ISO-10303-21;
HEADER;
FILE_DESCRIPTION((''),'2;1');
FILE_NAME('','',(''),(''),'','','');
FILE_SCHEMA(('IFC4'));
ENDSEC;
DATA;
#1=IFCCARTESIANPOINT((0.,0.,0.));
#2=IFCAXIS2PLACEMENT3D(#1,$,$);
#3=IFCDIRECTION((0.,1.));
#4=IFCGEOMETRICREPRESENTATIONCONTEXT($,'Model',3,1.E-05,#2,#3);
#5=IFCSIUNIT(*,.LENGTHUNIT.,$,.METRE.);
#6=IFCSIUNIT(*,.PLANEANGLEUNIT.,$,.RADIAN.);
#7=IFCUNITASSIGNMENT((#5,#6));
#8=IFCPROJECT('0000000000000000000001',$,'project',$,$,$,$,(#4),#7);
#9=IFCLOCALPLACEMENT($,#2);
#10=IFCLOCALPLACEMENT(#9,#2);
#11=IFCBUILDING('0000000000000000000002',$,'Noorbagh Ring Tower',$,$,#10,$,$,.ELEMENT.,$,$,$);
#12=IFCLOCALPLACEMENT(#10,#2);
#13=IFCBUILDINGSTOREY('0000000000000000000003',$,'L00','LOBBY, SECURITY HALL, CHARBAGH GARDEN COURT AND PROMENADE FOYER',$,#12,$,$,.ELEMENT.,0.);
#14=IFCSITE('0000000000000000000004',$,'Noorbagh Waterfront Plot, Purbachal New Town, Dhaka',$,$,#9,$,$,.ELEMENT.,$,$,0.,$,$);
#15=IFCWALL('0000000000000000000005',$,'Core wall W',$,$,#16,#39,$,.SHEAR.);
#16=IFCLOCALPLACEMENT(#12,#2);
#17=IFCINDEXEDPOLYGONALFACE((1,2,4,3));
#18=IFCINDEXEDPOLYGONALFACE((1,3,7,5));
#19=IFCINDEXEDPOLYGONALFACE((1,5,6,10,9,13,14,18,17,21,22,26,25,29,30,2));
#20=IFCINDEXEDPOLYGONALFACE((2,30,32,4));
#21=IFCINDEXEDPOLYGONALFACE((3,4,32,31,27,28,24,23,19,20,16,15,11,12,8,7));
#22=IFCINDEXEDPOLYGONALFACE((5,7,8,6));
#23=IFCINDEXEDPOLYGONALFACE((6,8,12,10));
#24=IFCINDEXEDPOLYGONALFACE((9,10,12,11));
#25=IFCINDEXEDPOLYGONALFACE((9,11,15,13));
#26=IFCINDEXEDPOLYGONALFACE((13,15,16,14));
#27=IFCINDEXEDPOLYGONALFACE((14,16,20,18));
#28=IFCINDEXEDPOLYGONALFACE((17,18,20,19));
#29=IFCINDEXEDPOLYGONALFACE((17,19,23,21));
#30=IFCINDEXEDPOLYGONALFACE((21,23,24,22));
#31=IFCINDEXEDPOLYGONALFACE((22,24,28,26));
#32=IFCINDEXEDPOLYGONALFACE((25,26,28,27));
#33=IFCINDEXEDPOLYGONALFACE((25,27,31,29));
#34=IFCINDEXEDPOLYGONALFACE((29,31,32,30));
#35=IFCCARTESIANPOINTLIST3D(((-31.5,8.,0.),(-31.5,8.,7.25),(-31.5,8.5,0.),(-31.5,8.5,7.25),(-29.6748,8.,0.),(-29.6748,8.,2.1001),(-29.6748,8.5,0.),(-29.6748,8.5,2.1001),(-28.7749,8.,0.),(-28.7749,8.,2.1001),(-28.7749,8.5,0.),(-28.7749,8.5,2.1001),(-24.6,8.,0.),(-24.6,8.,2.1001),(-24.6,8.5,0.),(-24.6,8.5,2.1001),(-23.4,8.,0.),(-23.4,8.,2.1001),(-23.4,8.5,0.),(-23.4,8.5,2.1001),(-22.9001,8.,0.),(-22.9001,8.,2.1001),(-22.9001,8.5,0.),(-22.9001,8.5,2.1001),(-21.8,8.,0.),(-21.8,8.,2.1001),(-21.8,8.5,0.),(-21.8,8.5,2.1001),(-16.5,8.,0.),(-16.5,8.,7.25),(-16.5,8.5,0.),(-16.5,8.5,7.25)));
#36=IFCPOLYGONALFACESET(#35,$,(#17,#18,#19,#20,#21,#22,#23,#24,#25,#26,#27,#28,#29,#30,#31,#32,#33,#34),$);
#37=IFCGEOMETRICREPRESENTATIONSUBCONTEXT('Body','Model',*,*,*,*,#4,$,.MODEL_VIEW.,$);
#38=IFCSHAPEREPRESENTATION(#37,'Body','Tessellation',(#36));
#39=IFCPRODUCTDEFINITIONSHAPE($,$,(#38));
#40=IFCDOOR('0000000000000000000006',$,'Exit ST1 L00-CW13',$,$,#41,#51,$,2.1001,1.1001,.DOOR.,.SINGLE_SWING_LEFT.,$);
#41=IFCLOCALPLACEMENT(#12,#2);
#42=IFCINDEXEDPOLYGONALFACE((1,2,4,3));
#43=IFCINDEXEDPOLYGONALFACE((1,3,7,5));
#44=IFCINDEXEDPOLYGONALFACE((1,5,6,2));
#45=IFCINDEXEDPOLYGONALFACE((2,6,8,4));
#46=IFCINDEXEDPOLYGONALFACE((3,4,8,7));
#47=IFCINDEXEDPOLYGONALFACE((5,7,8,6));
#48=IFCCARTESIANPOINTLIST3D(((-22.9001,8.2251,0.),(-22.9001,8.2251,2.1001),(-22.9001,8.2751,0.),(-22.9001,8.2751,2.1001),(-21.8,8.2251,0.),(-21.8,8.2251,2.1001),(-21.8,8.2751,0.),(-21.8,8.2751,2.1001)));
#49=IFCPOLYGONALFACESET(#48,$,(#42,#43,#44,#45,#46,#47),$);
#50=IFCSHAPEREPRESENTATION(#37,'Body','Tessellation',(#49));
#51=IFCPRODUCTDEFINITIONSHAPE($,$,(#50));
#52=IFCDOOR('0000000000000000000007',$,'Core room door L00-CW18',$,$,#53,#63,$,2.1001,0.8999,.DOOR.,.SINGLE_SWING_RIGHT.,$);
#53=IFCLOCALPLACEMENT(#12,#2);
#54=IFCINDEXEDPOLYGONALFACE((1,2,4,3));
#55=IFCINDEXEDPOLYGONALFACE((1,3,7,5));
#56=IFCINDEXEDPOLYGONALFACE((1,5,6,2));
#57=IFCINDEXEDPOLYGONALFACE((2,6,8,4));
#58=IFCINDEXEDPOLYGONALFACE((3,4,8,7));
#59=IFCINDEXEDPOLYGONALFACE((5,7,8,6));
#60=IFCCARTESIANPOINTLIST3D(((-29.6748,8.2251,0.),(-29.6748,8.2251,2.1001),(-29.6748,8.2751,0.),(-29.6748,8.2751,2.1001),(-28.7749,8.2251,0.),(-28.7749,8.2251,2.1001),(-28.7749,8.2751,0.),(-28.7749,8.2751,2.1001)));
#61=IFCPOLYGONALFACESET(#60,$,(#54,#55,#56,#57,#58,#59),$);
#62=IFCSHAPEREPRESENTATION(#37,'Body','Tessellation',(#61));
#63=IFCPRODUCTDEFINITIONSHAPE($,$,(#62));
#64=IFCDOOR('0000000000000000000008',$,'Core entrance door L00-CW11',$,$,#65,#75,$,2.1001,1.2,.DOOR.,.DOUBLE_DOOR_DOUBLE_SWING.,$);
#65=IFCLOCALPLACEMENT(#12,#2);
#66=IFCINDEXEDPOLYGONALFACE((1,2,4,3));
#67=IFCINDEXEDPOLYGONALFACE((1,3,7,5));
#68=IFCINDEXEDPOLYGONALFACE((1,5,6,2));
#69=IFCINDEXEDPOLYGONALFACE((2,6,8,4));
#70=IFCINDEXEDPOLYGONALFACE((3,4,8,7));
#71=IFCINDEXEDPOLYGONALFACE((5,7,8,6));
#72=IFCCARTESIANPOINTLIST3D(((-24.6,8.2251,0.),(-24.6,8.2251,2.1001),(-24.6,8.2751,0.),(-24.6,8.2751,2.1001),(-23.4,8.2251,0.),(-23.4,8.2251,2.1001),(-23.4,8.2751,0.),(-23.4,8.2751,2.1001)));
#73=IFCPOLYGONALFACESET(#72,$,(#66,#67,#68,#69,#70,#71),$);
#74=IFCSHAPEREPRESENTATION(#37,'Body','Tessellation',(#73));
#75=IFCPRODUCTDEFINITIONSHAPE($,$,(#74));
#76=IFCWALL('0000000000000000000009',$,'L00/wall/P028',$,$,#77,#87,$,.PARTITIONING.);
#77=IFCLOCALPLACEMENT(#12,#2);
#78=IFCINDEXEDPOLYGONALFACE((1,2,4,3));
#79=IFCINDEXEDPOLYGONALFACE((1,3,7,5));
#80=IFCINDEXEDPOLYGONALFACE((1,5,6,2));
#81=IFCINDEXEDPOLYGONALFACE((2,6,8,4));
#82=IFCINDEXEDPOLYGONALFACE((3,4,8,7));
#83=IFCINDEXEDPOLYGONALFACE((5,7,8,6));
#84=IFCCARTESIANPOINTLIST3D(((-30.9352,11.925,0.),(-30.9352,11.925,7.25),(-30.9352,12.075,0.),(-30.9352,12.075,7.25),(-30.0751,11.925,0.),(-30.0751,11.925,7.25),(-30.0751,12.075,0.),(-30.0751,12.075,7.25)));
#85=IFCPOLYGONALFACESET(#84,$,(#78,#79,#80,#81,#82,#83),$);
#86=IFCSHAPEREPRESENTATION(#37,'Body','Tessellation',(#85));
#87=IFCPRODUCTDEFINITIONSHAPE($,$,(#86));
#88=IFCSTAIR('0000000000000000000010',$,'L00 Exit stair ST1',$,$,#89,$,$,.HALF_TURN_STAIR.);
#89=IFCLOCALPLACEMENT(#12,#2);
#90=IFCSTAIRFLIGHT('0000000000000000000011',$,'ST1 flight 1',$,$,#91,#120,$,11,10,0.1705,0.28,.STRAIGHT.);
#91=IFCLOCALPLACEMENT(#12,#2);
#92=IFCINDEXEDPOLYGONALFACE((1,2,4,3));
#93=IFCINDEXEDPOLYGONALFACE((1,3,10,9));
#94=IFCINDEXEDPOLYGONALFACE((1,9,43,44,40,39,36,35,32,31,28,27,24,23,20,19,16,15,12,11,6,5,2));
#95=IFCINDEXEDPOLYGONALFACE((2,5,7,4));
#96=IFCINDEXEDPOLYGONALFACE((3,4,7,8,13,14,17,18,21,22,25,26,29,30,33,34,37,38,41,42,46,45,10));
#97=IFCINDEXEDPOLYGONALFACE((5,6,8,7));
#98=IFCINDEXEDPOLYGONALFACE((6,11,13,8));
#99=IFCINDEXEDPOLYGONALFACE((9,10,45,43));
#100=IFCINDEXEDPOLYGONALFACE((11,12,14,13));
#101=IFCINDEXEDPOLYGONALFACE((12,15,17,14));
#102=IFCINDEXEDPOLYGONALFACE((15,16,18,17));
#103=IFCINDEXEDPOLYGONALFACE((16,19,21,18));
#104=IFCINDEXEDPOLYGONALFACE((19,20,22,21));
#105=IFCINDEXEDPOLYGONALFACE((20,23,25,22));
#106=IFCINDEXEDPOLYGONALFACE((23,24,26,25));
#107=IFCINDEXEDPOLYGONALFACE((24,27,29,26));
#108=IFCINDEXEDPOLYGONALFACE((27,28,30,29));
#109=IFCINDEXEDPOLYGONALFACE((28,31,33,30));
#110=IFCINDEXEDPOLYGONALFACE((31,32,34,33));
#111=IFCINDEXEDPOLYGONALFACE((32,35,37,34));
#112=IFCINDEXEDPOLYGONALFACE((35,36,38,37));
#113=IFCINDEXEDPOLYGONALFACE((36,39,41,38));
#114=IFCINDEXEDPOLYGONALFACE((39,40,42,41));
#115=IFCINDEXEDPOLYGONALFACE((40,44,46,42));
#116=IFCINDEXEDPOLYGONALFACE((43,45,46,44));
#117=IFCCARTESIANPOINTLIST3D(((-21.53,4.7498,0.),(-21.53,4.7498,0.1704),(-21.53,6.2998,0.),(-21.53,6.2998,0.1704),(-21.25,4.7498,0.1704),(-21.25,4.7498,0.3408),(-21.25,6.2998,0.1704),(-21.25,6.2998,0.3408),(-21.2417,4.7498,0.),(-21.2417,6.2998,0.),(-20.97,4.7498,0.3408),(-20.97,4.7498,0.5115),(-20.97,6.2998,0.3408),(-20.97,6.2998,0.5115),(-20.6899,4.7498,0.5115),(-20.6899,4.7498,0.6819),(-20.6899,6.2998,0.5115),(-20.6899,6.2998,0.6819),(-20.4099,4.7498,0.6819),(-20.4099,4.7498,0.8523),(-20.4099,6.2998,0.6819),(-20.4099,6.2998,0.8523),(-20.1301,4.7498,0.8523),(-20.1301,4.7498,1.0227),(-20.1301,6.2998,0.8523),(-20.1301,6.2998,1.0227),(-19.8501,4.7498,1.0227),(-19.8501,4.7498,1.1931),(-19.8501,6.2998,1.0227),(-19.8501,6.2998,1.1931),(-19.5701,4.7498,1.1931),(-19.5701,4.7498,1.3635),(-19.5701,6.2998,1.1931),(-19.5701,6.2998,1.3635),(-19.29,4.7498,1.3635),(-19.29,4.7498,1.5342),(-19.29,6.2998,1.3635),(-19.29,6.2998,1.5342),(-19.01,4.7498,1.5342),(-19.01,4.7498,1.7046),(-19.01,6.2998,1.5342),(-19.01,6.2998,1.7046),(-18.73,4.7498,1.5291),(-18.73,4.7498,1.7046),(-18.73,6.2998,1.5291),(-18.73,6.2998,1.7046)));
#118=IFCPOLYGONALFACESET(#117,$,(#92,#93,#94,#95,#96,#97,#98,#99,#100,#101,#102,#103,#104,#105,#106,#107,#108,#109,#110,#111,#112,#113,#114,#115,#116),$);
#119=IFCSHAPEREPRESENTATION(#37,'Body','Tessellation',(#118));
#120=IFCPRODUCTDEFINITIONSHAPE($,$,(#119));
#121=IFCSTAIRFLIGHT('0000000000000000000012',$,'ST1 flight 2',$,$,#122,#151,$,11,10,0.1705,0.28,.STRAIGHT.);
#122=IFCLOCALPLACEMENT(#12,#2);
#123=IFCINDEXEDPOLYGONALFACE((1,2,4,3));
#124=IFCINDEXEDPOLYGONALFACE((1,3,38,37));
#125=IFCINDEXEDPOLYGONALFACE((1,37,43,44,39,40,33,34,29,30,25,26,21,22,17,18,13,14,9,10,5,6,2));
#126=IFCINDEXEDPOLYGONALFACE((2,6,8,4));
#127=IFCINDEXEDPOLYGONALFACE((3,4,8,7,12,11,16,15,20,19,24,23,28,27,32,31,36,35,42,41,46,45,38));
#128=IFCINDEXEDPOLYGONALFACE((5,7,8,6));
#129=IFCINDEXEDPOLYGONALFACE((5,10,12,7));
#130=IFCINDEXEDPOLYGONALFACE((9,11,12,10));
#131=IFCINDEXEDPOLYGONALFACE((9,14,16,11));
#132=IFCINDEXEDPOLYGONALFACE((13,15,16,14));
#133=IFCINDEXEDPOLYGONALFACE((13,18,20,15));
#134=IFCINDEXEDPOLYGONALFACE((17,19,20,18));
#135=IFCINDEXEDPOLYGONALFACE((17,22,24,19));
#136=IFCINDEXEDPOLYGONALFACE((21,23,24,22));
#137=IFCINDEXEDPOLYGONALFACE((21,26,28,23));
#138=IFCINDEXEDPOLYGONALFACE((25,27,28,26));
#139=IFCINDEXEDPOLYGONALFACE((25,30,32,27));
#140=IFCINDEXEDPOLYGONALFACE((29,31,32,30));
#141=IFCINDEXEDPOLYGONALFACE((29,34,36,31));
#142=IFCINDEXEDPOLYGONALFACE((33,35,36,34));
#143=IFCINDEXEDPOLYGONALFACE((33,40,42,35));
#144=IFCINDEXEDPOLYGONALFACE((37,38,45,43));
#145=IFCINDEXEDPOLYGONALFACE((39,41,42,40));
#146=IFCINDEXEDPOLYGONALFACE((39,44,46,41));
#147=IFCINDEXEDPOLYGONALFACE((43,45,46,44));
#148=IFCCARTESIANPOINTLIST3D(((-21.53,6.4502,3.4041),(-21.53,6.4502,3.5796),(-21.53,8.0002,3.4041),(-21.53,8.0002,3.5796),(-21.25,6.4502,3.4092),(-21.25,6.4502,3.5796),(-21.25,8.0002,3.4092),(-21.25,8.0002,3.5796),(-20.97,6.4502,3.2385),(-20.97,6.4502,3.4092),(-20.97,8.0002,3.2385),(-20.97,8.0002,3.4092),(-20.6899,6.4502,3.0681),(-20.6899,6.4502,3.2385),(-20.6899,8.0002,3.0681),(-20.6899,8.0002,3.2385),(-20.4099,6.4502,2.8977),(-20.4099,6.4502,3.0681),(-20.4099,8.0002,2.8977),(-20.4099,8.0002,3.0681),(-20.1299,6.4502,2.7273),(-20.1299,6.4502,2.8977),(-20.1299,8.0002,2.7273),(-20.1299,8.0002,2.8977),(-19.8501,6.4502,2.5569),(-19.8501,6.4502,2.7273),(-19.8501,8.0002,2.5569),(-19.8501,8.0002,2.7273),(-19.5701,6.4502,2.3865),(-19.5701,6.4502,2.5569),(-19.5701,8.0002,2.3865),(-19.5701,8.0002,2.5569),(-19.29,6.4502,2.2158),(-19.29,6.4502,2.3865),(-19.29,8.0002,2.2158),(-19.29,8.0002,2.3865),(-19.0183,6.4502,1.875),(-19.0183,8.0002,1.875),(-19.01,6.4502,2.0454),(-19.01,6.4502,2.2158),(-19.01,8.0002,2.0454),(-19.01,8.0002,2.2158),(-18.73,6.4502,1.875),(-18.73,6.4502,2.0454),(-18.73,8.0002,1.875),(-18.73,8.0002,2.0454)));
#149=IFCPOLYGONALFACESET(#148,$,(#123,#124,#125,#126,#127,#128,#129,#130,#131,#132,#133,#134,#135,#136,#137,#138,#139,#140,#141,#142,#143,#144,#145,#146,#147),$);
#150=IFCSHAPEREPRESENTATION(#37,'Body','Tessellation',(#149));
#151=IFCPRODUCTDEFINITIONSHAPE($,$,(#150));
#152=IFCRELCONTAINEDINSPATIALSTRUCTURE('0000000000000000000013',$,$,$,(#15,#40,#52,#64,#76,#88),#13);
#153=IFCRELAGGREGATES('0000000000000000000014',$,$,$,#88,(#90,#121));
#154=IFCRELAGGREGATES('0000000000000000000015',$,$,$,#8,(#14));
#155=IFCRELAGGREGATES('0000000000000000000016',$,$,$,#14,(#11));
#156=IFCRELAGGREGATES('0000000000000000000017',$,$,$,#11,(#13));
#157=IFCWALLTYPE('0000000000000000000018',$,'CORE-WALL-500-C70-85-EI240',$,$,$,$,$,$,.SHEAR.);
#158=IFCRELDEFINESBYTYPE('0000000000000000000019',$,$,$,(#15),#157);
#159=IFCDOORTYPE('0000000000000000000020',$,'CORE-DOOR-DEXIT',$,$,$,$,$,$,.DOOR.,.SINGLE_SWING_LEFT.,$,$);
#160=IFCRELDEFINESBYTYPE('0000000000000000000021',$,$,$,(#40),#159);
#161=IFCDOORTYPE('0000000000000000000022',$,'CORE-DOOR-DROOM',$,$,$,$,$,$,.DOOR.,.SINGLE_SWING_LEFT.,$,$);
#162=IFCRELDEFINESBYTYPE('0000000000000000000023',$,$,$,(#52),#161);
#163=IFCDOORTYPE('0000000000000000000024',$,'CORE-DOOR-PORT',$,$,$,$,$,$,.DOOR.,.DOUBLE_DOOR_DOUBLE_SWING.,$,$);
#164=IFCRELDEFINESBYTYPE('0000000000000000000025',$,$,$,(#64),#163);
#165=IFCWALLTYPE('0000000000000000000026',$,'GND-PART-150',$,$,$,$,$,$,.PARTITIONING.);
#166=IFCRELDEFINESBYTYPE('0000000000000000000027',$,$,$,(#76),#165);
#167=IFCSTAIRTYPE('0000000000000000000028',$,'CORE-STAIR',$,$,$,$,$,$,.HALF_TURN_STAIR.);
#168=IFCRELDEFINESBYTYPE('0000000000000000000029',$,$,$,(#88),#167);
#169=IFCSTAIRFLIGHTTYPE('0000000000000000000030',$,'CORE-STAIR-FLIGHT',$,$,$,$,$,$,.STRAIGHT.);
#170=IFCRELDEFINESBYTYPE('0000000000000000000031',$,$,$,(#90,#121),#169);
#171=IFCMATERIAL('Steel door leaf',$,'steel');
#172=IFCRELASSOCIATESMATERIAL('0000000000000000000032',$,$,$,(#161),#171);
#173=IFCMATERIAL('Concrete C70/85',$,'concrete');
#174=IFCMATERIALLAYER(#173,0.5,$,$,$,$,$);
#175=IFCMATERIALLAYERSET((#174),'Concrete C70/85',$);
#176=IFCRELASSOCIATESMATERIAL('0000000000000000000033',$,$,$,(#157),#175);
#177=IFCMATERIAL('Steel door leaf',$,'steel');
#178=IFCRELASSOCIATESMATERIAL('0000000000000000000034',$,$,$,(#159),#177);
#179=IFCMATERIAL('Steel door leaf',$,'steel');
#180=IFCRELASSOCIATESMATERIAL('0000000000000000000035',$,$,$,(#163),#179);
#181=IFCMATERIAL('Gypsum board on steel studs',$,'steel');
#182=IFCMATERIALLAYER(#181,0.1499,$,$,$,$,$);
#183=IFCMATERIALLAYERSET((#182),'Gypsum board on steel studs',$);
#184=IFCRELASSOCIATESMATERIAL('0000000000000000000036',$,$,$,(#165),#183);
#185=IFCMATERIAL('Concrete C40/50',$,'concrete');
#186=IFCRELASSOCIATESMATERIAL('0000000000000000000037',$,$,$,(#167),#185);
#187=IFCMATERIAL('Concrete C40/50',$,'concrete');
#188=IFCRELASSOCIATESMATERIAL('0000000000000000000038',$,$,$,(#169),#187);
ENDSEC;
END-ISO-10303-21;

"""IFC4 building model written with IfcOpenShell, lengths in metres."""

from ifc_helpers import new_model, si_unit, direction, frame, frame_2d, origin, place, context, subcontext, project, spatial, polyline, rectangle, outline, extrude, material, layer, layer_set, type_object, element, fill, aggregate, save


model = new_model("IFC4")

# Units and contexts
model_context = context("Model", 3, precision=1e-05, world=origin(), true_north=direction((0.0, 1.0)))
body_context = subcontext(model_context, "Body", "Model", "MODEL_VIEW")
ifc_project = project(units=[si_unit("LENGTHUNIT", "METRE"), si_unit("PLANEANGLEUNIT", "RADIAN")], contexts=[model_context])

# Site, building, storey
site_placement = place(None, origin())
site = spatial("IfcSite", under=ifc_project, at=site_placement, Name="Noorbagh Waterfront Plot, Purbachal New Town, Dhaka", CompositionType="ELEMENT", RefElevation=0.0)
building_placement = place(site_placement, origin())
building = spatial("IfcBuilding", under=site, at=building_placement, Name="Noorbagh Ring Tower", CompositionType="ELEMENT")
storey_placement = place(building_placement, origin())
storey = spatial("IfcBuildingStorey", under=building, at=storey_placement, Name="L00", Description="LOBBY, SECURITY HALL, CHARBAGH GARDEN COURT AND PROMENADE FOYER", CompositionType="ELEMENT", Elevation=0.0)

# Shared definitions
ifc_material_1 = material(Name="Steel door leaf", Category="steel")
door_type_1 = type_object("IfcDoorType", Name="CORE-DOOR-DROOM", OperationType="SINGLE_SWING_LEFT", PredefinedType="DOOR", material=ifc_material_1)

# Wall, openings, doors
ifc_material_2 = material(Name="Concrete C70/85", Category="concrete")
ifc_layer_1 = layer(ifc_material_2, 0.5)
ifc_layer_set_1 = layer_set([ifc_layer_1], Name="Concrete C70/85")
wall_type_1 = type_object("IfcWallType", Name="CORE-WALL-500-C70-85-EI240", PredefinedType="SHEAR", material=ifc_layer_set_1)
wall_1_placement = place(storey_placement, frame((-16.5, 8.25, 0.0), z_axis=(0.0, 0.0, 1.0), x_axis=(-1.0, 0.0, 0.0)))
wall_1 = element("IfcWall", 1, at=wall_1_placement, inside=storey, type_object=wall_type_1, Name="Core wall W", PredefinedType="SHEAR", context=body_context, shape_type="SweptSolid", body=[
    extrude(rectangle(XDim=15.0, YDim=0.5, at=frame_2d((7.5, 0.0))), origin(), (0.0, 0.0, 1.0), 7.25),
])
opening_1_placement = place(wall_1_placement, frame((6.8999, 0.0, 0.0)))
opening_1 = element("IfcOpeningElement", 2, at=opening_1_placement, cuts=wall_1, PredefinedType="OPENING", context=body_context, shape_type="SweptSolid", body=[
    extrude(rectangle(XDim=1.2, YDim=2.1001, at=frame_2d((0.6001, 1.05))), frame((0.0, 0.26, 0.0), z_axis=(0.0, -1.0, 0.0), x_axis=(1.0, 0.0, 0.0)), (0.0, 0.0, 1.0), 0.52),
])
opening_2_placement = place(wall_1_placement, frame((5.3, 0.0, 0.0)))
opening_2 = element("IfcOpeningElement", 3, at=opening_2_placement, cuts=wall_1, PredefinedType="OPENING", context=body_context, shape_type="SweptSolid", body=[
    extrude(rectangle(XDim=1.1001, YDim=2.1001, at=frame_2d((0.55, 1.05))), frame((0.0, 0.26, 0.0), z_axis=(0.0, -1.0, 0.0), x_axis=(1.0, 0.0, 0.0)), (0.0, 0.0, 1.0), 0.52),
])
opening_3_placement = place(wall_1_placement, frame((12.2749, 0.0, 0.0)))
opening_3 = element("IfcOpeningElement", 4, at=opening_3_placement, cuts=wall_1, PredefinedType="OPENING", context=body_context, shape_type="SweptSolid", body=[
    extrude(rectangle(XDim=0.8999, YDim=2.1001, at=frame_2d((0.45, 1.05))), frame((0.0, 0.26, 0.0), z_axis=(0.0, -1.0, 0.0), x_axis=(1.0, 0.0, 0.0)), (0.0, 0.0, 1.0), 0.52),
])
ifc_material_3 = material(Name="Steel door leaf", Category="steel")
door_type_2 = type_object("IfcDoorType", Name="CORE-DOOR-DEXIT", OperationType="SINGLE_SWING_LEFT", PredefinedType="DOOR", material=ifc_material_3)
door_1_placement = place(opening_2_placement, origin())
door_1 = element("IfcDoor", 5, at=door_1_placement, inside=storey, type_object=door_type_2, Name="Exit ST1 L00-CW13", OperationType="SINGLE_SWING_LEFT", OverallHeight=2.1001, OverallWidth=1.1001, PredefinedType="DOOR", context=body_context, shape_type="SweptSolid", body=[
    extrude(rectangle(XDim=1.1001, YDim=2.1001, at=frame_2d((0.55, 1.05))), frame((0.0, 0.0249, 0.0), z_axis=(0.0, -1.0, 0.0), x_axis=(1.0, 0.0, 0.0)), (0.0, 0.0, 1.0), 0.05),
])
fill(opening_2, door_1)
door_2_placement = place(opening_3_placement, origin())
door_2 = element("IfcDoor", 6, at=door_2_placement, inside=storey, type_object=door_type_1, Name="Core room door L00-CW18", OperationType="SINGLE_SWING_RIGHT", OverallHeight=2.1001, OverallWidth=0.8999, PredefinedType="DOOR", context=body_context, shape_type="SweptSolid", body=[
    extrude(rectangle(XDim=0.8999, YDim=2.1001, at=frame_2d((0.45, 1.05))), frame((0.0, 0.0249, 0.0), z_axis=(0.0, -1.0, 0.0), x_axis=(1.0, 0.0, 0.0)), (0.0, 0.0, 1.0), 0.05),
])
fill(opening_3, door_2)
ifc_material_4 = material(Name="Steel door leaf", Category="steel")
door_type_3 = type_object("IfcDoorType", Name="CORE-DOOR-PORT", OperationType="DOUBLE_DOOR_DOUBLE_SWING", PredefinedType="DOOR", material=ifc_material_4)
door_3_placement = place(opening_1_placement, origin())
door_3 = element("IfcDoor", 7, at=door_3_placement, inside=storey, type_object=door_type_3, Name="Core entrance door L00-CW11", OperationType="DOUBLE_DOOR_DOUBLE_SWING", OverallHeight=2.1001, OverallWidth=1.2, PredefinedType="DOOR", context=body_context, shape_type="SweptSolid", body=[
    extrude(rectangle(XDim=1.2, YDim=2.1001, at=frame_2d((0.6001, 1.05))), frame((0.0, 0.0249, 0.0), z_axis=(0.0, -1.0, 0.0), x_axis=(1.0, 0.0, 0.0)), (0.0, 0.0, 1.0), 0.05),
])
fill(opening_1, door_3)

# Wall
ifc_material_5 = material(Name="Gypsum board on steel studs", Category="steel")
ifc_layer_2 = layer(ifc_material_5, 0.1499)
ifc_layer_set_2 = layer_set([ifc_layer_2], Name="Gypsum board on steel studs")
wall_type_2 = type_object("IfcWallType", Name="GND-PART-150", PredefinedType="PARTITIONING", material=ifc_layer_set_2)
wall_2_placement = place(storey_placement, frame((-30.075, 12.0, 0.0), z_axis=(0.0, 0.0, 1.0), x_axis=(-1.0, 0.0, 0.0)))
element("IfcWall", 8, at=wall_2_placement, inside=storey, type_object=wall_type_2, Name="L00/wall/P028", PredefinedType="PARTITIONING", context=body_context, shape_type="SweptSolid", body=[
    extrude(rectangle(XDim=0.8601, YDim=0.1499, at=frame_2d((0.4302, 0.0))), origin(), (0.0, 0.0, 1.0), 7.25),
])

# Stair, stair flights
ifc_material_6 = material(Name="Concrete C40/50", Category="concrete")
stair_type = type_object("IfcStairType", Name="CORE-STAIR", PredefinedType="HALF_TURN_STAIR", material=ifc_material_6)
stair_placement = place(storey_placement, origin())
stair = element("IfcStair", 9, at=stair_placement, inside=storey, type_object=stair_type, Name="L00 Exit stair ST1", PredefinedType="HALF_TURN_STAIR")
ifc_material_7 = material(Name="Concrete C40/50", Category="concrete")
stair_flight_type = type_object("IfcStairFlightType", Name="CORE-STAIR-FLIGHT", PredefinedType="STRAIGHT", material=ifc_material_7)
stair_flight_1_placement = place(storey_placement, frame((-21.53, 5.5249, 0.0), z_axis=(0.0, 0.0, 1.0), x_axis=(1.0, 0.0, 0.0)))
stair_flight_1 = element("IfcStairFlight", 10, at=stair_flight_1_placement, type_object=stair_flight_type, Name="ST1 flight 1", NumberOfRisers=11, NumberOfTreads=10, PredefinedType="STRAIGHT", RiserHeight=0.1705, TreadLength=0.28, context=body_context, shape_type="SweptSolid", body=[
    extrude(outline(polyline([(0.0, 0.0), (0.0, 0.1704), (0.28, 0.1704), (0.28, 0.3408), (0.5601, 0.3408), (0.5601, 0.5115), (0.8401, 0.5115), (0.8401, 0.6819), (1.1201, 0.6819), (1.1201, 0.8523), (1.3999, 0.8523), (1.3999, 1.0227), (1.6799, 1.0227), (1.6799, 1.1931), (1.96, 1.1931), (1.96, 1.3635), (2.24, 1.3635), (2.24, 1.5342), (2.52, 1.5342), (2.52, 1.7046), (2.8, 1.7046), (2.8, 1.875), (2.8, 1.5291), (0.2883, 0.0), (0.0, 0.0)])), frame((0.0, 0.7749, 0.0), z_axis=(0.0, -1.0, 0.0), x_axis=(1.0, 0.0, 0.0)), (0.0, 0.0, 1.0), 1.55),
])
stair_flight_2_placement = place(storey_placement, frame((-18.73, 7.2251, 1.875), z_axis=(0.0, 0.0, 1.0), x_axis=(-1.0, 0.0, 0.0)))
stair_flight_2 = element("IfcStairFlight", 11, at=stair_flight_2_placement, type_object=stair_flight_type, Name="ST1 flight 2", NumberOfRisers=11, NumberOfTreads=10, PredefinedType="STRAIGHT", RiserHeight=0.1705, TreadLength=0.28, context=body_context, shape_type="SweptSolid", body=[
    extrude(outline(polyline([(0.0, 0.0), (0.0, 0.1704), (0.28, 0.1704), (0.28, 0.3408), (0.5601, 0.3408), (0.5601, 0.5115), (0.8401, 0.5115), (0.8401, 0.6819), (1.1201, 0.6819), (1.1201, 0.8523), (1.3999, 0.8523), (1.3999, 1.0227), (1.6799, 1.0227), (1.6799, 1.1931), (1.96, 1.1931), (1.96, 1.3635), (2.24, 1.3635), (2.24, 1.5342), (2.52, 1.5342), (2.52, 1.7046), (2.8, 1.7046), (2.8, 1.875), (2.8, 1.5291), (0.2883, 0.0), (0.0, 0.0)])), frame((0.0, 0.7749, 0.0), z_axis=(0.0, -1.0, 0.0), x_axis=(1.0, 0.0, 0.0)), (0.0, 0.0, 1.0), 1.55),
])
aggregate(stair, [stair_flight_1, stair_flight_2])

save(model, "model.ifc")
